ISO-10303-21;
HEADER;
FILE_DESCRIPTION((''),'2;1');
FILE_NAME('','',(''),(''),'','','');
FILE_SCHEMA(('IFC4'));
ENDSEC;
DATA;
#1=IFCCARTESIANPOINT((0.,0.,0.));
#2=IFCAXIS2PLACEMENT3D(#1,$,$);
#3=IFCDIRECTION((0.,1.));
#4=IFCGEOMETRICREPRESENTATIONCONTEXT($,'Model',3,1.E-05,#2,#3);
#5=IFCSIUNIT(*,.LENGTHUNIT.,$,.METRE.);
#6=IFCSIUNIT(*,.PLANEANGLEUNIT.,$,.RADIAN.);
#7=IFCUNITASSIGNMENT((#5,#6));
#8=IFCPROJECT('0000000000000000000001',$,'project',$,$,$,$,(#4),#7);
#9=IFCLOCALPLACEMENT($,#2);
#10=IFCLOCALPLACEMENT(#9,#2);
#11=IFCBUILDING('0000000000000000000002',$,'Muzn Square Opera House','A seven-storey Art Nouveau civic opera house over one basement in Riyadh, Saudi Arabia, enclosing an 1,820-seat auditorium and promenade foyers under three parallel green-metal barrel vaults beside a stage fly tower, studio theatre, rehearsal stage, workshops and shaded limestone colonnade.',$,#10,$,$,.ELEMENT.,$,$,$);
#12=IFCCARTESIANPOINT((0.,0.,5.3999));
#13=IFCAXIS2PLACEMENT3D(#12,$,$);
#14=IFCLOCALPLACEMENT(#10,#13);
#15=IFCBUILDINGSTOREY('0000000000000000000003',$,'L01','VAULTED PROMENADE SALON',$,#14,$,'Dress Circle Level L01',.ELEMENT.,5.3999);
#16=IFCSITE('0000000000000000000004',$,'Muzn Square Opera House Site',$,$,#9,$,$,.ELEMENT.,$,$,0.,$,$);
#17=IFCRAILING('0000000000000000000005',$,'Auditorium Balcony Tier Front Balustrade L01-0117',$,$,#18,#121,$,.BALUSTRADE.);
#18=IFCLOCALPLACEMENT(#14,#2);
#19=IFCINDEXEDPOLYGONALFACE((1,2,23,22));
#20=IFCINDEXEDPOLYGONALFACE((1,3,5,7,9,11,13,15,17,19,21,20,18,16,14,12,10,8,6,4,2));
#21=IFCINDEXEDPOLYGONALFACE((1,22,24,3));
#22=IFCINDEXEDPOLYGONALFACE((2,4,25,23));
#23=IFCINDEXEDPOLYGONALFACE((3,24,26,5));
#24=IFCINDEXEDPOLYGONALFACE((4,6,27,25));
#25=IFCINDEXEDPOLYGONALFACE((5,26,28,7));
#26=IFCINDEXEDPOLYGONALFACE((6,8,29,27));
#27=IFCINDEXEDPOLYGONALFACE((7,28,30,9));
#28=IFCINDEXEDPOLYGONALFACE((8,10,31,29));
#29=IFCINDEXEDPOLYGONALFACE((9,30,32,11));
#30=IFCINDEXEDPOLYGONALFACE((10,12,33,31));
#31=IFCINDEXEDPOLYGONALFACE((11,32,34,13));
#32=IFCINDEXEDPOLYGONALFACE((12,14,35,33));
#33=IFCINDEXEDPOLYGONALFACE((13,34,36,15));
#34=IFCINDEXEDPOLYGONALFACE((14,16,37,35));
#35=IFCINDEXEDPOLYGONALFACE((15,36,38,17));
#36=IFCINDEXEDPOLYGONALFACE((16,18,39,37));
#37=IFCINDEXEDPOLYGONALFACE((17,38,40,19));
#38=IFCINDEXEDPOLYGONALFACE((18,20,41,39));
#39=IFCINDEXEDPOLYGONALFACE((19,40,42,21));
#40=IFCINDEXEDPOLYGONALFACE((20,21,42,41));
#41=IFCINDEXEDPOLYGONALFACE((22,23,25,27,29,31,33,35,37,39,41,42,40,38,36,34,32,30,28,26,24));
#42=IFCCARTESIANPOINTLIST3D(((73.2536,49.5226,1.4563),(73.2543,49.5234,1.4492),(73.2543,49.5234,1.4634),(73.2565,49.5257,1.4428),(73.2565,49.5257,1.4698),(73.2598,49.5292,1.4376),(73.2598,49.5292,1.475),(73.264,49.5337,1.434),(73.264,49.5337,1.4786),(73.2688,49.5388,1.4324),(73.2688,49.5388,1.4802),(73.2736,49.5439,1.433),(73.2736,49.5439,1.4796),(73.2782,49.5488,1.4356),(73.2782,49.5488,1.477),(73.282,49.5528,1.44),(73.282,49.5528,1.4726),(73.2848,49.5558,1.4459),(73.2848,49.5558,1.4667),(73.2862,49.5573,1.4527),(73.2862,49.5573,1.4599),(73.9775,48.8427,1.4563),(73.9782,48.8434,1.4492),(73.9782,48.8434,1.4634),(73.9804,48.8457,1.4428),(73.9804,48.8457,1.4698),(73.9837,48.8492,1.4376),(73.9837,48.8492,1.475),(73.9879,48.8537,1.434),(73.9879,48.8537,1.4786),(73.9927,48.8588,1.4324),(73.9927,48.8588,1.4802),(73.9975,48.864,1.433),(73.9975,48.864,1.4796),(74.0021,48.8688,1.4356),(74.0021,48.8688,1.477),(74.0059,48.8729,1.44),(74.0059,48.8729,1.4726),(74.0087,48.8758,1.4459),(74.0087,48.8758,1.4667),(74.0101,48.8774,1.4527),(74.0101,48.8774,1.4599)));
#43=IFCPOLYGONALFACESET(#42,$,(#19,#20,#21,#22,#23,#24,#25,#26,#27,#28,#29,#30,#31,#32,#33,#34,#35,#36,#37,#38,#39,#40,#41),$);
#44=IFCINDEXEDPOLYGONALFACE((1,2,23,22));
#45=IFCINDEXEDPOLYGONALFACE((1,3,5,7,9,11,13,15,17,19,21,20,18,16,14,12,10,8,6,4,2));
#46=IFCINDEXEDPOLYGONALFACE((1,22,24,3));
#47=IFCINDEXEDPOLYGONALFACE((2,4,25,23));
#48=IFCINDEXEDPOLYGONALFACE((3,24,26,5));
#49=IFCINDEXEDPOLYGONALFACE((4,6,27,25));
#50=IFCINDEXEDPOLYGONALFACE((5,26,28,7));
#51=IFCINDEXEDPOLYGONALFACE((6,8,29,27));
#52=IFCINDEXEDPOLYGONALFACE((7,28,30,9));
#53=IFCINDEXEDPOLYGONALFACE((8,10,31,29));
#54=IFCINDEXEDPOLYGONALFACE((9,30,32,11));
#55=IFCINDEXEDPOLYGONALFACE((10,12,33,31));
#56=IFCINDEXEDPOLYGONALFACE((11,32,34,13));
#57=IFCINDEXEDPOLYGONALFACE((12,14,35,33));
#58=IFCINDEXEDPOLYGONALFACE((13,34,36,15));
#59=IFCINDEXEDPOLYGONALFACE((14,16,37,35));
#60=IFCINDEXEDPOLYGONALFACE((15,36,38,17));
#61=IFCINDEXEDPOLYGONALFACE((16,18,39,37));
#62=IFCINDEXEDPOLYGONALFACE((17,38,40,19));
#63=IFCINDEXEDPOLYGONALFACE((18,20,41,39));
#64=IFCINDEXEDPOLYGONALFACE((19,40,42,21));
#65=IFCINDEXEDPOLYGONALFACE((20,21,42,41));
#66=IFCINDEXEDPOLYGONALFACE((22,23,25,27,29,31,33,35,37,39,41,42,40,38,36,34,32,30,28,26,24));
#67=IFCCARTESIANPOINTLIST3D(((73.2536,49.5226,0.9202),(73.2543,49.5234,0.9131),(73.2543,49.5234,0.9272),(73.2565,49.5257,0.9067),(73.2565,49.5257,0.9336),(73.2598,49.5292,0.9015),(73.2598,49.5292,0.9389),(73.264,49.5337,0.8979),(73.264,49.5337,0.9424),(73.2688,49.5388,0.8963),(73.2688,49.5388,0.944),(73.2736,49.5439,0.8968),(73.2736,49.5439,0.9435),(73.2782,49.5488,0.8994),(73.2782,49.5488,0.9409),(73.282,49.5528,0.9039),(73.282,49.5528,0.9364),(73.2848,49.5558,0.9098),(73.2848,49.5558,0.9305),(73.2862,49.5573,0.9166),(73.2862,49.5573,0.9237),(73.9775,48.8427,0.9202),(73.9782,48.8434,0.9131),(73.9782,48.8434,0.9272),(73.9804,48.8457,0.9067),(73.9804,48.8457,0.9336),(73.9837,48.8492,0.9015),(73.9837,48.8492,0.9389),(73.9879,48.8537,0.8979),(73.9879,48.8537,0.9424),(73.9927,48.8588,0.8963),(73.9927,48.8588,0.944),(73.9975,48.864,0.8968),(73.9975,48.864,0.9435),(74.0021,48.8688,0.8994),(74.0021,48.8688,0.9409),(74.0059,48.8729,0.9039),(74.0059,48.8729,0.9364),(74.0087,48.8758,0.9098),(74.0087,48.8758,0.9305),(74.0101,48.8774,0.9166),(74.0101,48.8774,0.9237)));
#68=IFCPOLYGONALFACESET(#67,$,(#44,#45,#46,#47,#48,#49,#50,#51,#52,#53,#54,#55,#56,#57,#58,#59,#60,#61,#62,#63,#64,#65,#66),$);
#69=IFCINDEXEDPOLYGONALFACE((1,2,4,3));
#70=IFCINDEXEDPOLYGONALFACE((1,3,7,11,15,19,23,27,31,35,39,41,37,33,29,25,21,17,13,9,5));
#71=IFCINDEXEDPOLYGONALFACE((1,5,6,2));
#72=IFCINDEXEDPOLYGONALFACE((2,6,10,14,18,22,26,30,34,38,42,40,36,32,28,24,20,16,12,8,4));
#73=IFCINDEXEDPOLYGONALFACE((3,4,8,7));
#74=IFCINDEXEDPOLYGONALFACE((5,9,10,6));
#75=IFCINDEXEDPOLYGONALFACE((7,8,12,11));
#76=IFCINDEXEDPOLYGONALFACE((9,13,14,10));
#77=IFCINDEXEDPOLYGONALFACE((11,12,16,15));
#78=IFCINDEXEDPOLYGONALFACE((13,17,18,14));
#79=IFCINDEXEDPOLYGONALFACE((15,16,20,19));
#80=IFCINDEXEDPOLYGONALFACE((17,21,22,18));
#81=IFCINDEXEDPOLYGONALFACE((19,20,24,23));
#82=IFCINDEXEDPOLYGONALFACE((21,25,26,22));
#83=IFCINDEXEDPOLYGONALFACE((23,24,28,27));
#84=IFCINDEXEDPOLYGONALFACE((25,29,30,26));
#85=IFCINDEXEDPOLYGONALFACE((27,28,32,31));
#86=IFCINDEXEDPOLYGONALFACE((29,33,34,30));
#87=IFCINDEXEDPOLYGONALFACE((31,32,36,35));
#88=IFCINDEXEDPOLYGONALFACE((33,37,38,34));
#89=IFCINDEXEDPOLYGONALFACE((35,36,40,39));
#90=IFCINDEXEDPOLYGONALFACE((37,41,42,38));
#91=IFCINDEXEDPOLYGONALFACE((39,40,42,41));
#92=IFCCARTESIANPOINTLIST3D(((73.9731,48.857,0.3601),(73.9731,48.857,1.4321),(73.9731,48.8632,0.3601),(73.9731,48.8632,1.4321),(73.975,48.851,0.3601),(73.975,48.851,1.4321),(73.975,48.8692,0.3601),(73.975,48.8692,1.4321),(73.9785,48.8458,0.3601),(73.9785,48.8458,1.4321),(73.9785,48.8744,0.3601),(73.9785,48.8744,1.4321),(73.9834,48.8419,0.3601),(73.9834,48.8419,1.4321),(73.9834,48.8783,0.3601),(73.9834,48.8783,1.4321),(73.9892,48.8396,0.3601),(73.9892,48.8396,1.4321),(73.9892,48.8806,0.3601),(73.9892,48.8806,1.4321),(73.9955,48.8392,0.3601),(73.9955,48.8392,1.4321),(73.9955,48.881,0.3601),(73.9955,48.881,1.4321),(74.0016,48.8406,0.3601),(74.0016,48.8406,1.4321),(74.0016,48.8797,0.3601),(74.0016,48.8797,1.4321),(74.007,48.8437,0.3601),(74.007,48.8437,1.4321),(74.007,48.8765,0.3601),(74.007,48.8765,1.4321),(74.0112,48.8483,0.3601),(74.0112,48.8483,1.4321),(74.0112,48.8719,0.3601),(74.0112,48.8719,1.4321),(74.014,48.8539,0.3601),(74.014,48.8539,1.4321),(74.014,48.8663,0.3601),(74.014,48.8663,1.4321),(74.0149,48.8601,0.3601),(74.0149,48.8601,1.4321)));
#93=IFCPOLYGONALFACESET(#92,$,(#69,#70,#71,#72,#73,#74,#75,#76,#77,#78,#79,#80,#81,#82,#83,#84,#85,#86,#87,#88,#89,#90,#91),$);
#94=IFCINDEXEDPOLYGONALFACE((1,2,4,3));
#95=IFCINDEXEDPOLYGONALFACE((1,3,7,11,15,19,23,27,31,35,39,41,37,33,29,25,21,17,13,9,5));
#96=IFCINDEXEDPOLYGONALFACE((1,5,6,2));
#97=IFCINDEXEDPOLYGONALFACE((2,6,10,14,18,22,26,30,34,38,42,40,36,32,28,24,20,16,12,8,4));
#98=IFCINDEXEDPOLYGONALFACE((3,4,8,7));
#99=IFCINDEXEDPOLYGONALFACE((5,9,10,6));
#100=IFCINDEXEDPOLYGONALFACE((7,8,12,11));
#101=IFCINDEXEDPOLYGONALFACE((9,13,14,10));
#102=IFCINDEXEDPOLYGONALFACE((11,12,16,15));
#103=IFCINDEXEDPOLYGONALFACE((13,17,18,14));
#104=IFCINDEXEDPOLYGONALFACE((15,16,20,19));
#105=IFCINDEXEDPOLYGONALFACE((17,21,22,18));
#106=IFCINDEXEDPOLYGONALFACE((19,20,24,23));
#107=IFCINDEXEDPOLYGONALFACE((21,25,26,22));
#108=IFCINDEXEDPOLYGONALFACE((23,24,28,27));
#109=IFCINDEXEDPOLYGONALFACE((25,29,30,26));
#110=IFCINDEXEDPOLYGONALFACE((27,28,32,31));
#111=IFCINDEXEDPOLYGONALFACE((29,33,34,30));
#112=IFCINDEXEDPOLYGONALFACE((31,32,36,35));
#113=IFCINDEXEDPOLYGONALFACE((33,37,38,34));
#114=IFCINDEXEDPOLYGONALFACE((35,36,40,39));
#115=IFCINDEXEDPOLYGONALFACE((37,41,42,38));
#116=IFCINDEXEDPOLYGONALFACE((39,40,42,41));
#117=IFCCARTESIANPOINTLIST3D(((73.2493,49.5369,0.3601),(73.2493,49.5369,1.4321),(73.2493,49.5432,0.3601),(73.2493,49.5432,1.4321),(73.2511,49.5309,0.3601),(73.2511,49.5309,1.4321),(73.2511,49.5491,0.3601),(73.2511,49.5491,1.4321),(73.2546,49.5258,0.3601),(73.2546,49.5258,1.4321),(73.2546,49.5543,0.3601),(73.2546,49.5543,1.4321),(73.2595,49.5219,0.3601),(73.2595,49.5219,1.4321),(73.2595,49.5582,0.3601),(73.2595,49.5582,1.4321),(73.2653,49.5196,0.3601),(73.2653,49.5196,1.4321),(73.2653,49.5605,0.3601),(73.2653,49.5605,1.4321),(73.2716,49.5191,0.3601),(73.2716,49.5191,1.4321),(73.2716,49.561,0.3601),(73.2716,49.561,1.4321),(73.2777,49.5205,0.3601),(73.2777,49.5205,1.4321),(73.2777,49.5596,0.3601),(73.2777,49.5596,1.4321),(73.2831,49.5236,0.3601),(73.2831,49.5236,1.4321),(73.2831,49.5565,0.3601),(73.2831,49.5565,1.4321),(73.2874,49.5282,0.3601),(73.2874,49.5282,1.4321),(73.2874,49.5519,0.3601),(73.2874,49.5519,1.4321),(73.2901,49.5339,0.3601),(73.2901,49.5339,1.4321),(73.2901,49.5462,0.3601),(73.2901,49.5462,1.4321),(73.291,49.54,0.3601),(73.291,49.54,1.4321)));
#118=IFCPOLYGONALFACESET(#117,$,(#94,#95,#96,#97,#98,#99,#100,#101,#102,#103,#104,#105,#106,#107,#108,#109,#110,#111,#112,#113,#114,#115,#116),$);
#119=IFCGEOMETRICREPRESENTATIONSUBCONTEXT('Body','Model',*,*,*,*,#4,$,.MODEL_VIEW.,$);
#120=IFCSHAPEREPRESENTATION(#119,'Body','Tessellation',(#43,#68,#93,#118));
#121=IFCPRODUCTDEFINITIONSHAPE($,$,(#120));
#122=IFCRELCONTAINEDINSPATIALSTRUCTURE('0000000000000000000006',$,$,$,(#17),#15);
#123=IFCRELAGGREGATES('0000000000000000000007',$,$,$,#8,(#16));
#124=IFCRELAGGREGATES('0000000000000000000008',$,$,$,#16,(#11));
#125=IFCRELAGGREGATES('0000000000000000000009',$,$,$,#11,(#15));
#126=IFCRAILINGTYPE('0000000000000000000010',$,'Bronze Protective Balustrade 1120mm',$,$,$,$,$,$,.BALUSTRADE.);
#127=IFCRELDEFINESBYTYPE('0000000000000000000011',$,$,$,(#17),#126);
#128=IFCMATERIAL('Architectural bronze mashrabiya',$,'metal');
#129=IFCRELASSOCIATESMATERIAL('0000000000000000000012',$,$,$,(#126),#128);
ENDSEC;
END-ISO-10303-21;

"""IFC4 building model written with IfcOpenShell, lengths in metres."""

from ifc_helpers import new_model, si_unit, direction, frame, origin, origin_2d, place, context, subcontext, project, spatial, circle, extrude, material, type_object, element, save


model = new_model("IFC4")

# Units and contexts
model_context = context("Model", 3, precision=1e-05, world=origin(), true_north=direction((0.0, 1.0)))
body_context = subcontext(model_context, "Body", "Model", "MODEL_VIEW")
ifc_project = project(units=[si_unit("LENGTHUNIT", "METRE"), si_unit("PLANEANGLEUNIT", "RADIAN")], contexts=[model_context])

# Site, building, storey
site_placement = place(None, origin())
site = spatial("IfcSite", under=ifc_project, at=site_placement, Name="Muzn Square Opera House Site", CompositionType="ELEMENT", RefElevation=0.0)
building_placement = place(site_placement, origin())
building = spatial("IfcBuilding", under=site, at=building_placement, Name="Muzn Square Opera House", Description="A seven-storey Art Nouveau civic opera house over one basement in Riyadh, Saudi Arabia, enclosing an 1,820-seat auditorium and promenade foyers under three parallel green-metal barrel vaults beside a stage fly tower, studio theatre, rehearsal stage, workshops and shaded limestone colonnade.", CompositionType="ELEMENT")
storey_placement = place(building_placement, frame((0.0, 0.0, 5.3999)))
storey = spatial("IfcBuildingStorey", under=building, at=storey_placement, Name="L01", Description="VAULTED PROMENADE SALON", LongName="Dress Circle Level L01", CompositionType="ELEMENT", Elevation=5.3999)

# Railing
ifc_material_1 = material(Name="Architectural bronze mashrabiya", Category="metal")
railing_type = type_object("IfcRailingType", Name="Bronze Protective Balustrade 1120mm", PredefinedType="BALUSTRADE", material=ifc_material_1)
railing_1_placement = place(storey_placement, frame((73.9939, 48.8601, 0.3601)))
element("IfcRailing", 1, at=railing_1_placement, inside=storey, type_object=railing_type, Name="Auditorium Balcony Tier Front Balustrade L01-0117", PredefinedType="BALUSTRADE", context=body_context, shape_type="SweptSolid", body=[
    extrude(circle(Radius=0.0239, at=origin_2d()), frame((0.0, 0.0, 1.0962), z_axis=(-0.728885, 0.684636, 0.0), x_axis=(-0.684636, -0.728885, 0.0)), (0.0, 0.0, 1.0), 0.9932),
    extrude(circle(Radius=0.0239, at=origin_2d()), frame((0.0, 0.0, 0.5601), z_axis=(-0.728885, 0.684636, 0.0), x_axis=(-0.684636, -0.728885, 0.0)), (0.0, 0.0, 1.0), 0.9932),
    extrude(circle(Radius=0.021, at=origin_2d()), origin(), (0.0, 0.0, 1.0), 1.072),
    extrude(circle(Radius=0.021, at=origin_2d()), frame((-0.7239, 0.6799, 0.0)), (0.0, 0.0, 1.0), 1.072),
])

save(model, "model.ifc")
